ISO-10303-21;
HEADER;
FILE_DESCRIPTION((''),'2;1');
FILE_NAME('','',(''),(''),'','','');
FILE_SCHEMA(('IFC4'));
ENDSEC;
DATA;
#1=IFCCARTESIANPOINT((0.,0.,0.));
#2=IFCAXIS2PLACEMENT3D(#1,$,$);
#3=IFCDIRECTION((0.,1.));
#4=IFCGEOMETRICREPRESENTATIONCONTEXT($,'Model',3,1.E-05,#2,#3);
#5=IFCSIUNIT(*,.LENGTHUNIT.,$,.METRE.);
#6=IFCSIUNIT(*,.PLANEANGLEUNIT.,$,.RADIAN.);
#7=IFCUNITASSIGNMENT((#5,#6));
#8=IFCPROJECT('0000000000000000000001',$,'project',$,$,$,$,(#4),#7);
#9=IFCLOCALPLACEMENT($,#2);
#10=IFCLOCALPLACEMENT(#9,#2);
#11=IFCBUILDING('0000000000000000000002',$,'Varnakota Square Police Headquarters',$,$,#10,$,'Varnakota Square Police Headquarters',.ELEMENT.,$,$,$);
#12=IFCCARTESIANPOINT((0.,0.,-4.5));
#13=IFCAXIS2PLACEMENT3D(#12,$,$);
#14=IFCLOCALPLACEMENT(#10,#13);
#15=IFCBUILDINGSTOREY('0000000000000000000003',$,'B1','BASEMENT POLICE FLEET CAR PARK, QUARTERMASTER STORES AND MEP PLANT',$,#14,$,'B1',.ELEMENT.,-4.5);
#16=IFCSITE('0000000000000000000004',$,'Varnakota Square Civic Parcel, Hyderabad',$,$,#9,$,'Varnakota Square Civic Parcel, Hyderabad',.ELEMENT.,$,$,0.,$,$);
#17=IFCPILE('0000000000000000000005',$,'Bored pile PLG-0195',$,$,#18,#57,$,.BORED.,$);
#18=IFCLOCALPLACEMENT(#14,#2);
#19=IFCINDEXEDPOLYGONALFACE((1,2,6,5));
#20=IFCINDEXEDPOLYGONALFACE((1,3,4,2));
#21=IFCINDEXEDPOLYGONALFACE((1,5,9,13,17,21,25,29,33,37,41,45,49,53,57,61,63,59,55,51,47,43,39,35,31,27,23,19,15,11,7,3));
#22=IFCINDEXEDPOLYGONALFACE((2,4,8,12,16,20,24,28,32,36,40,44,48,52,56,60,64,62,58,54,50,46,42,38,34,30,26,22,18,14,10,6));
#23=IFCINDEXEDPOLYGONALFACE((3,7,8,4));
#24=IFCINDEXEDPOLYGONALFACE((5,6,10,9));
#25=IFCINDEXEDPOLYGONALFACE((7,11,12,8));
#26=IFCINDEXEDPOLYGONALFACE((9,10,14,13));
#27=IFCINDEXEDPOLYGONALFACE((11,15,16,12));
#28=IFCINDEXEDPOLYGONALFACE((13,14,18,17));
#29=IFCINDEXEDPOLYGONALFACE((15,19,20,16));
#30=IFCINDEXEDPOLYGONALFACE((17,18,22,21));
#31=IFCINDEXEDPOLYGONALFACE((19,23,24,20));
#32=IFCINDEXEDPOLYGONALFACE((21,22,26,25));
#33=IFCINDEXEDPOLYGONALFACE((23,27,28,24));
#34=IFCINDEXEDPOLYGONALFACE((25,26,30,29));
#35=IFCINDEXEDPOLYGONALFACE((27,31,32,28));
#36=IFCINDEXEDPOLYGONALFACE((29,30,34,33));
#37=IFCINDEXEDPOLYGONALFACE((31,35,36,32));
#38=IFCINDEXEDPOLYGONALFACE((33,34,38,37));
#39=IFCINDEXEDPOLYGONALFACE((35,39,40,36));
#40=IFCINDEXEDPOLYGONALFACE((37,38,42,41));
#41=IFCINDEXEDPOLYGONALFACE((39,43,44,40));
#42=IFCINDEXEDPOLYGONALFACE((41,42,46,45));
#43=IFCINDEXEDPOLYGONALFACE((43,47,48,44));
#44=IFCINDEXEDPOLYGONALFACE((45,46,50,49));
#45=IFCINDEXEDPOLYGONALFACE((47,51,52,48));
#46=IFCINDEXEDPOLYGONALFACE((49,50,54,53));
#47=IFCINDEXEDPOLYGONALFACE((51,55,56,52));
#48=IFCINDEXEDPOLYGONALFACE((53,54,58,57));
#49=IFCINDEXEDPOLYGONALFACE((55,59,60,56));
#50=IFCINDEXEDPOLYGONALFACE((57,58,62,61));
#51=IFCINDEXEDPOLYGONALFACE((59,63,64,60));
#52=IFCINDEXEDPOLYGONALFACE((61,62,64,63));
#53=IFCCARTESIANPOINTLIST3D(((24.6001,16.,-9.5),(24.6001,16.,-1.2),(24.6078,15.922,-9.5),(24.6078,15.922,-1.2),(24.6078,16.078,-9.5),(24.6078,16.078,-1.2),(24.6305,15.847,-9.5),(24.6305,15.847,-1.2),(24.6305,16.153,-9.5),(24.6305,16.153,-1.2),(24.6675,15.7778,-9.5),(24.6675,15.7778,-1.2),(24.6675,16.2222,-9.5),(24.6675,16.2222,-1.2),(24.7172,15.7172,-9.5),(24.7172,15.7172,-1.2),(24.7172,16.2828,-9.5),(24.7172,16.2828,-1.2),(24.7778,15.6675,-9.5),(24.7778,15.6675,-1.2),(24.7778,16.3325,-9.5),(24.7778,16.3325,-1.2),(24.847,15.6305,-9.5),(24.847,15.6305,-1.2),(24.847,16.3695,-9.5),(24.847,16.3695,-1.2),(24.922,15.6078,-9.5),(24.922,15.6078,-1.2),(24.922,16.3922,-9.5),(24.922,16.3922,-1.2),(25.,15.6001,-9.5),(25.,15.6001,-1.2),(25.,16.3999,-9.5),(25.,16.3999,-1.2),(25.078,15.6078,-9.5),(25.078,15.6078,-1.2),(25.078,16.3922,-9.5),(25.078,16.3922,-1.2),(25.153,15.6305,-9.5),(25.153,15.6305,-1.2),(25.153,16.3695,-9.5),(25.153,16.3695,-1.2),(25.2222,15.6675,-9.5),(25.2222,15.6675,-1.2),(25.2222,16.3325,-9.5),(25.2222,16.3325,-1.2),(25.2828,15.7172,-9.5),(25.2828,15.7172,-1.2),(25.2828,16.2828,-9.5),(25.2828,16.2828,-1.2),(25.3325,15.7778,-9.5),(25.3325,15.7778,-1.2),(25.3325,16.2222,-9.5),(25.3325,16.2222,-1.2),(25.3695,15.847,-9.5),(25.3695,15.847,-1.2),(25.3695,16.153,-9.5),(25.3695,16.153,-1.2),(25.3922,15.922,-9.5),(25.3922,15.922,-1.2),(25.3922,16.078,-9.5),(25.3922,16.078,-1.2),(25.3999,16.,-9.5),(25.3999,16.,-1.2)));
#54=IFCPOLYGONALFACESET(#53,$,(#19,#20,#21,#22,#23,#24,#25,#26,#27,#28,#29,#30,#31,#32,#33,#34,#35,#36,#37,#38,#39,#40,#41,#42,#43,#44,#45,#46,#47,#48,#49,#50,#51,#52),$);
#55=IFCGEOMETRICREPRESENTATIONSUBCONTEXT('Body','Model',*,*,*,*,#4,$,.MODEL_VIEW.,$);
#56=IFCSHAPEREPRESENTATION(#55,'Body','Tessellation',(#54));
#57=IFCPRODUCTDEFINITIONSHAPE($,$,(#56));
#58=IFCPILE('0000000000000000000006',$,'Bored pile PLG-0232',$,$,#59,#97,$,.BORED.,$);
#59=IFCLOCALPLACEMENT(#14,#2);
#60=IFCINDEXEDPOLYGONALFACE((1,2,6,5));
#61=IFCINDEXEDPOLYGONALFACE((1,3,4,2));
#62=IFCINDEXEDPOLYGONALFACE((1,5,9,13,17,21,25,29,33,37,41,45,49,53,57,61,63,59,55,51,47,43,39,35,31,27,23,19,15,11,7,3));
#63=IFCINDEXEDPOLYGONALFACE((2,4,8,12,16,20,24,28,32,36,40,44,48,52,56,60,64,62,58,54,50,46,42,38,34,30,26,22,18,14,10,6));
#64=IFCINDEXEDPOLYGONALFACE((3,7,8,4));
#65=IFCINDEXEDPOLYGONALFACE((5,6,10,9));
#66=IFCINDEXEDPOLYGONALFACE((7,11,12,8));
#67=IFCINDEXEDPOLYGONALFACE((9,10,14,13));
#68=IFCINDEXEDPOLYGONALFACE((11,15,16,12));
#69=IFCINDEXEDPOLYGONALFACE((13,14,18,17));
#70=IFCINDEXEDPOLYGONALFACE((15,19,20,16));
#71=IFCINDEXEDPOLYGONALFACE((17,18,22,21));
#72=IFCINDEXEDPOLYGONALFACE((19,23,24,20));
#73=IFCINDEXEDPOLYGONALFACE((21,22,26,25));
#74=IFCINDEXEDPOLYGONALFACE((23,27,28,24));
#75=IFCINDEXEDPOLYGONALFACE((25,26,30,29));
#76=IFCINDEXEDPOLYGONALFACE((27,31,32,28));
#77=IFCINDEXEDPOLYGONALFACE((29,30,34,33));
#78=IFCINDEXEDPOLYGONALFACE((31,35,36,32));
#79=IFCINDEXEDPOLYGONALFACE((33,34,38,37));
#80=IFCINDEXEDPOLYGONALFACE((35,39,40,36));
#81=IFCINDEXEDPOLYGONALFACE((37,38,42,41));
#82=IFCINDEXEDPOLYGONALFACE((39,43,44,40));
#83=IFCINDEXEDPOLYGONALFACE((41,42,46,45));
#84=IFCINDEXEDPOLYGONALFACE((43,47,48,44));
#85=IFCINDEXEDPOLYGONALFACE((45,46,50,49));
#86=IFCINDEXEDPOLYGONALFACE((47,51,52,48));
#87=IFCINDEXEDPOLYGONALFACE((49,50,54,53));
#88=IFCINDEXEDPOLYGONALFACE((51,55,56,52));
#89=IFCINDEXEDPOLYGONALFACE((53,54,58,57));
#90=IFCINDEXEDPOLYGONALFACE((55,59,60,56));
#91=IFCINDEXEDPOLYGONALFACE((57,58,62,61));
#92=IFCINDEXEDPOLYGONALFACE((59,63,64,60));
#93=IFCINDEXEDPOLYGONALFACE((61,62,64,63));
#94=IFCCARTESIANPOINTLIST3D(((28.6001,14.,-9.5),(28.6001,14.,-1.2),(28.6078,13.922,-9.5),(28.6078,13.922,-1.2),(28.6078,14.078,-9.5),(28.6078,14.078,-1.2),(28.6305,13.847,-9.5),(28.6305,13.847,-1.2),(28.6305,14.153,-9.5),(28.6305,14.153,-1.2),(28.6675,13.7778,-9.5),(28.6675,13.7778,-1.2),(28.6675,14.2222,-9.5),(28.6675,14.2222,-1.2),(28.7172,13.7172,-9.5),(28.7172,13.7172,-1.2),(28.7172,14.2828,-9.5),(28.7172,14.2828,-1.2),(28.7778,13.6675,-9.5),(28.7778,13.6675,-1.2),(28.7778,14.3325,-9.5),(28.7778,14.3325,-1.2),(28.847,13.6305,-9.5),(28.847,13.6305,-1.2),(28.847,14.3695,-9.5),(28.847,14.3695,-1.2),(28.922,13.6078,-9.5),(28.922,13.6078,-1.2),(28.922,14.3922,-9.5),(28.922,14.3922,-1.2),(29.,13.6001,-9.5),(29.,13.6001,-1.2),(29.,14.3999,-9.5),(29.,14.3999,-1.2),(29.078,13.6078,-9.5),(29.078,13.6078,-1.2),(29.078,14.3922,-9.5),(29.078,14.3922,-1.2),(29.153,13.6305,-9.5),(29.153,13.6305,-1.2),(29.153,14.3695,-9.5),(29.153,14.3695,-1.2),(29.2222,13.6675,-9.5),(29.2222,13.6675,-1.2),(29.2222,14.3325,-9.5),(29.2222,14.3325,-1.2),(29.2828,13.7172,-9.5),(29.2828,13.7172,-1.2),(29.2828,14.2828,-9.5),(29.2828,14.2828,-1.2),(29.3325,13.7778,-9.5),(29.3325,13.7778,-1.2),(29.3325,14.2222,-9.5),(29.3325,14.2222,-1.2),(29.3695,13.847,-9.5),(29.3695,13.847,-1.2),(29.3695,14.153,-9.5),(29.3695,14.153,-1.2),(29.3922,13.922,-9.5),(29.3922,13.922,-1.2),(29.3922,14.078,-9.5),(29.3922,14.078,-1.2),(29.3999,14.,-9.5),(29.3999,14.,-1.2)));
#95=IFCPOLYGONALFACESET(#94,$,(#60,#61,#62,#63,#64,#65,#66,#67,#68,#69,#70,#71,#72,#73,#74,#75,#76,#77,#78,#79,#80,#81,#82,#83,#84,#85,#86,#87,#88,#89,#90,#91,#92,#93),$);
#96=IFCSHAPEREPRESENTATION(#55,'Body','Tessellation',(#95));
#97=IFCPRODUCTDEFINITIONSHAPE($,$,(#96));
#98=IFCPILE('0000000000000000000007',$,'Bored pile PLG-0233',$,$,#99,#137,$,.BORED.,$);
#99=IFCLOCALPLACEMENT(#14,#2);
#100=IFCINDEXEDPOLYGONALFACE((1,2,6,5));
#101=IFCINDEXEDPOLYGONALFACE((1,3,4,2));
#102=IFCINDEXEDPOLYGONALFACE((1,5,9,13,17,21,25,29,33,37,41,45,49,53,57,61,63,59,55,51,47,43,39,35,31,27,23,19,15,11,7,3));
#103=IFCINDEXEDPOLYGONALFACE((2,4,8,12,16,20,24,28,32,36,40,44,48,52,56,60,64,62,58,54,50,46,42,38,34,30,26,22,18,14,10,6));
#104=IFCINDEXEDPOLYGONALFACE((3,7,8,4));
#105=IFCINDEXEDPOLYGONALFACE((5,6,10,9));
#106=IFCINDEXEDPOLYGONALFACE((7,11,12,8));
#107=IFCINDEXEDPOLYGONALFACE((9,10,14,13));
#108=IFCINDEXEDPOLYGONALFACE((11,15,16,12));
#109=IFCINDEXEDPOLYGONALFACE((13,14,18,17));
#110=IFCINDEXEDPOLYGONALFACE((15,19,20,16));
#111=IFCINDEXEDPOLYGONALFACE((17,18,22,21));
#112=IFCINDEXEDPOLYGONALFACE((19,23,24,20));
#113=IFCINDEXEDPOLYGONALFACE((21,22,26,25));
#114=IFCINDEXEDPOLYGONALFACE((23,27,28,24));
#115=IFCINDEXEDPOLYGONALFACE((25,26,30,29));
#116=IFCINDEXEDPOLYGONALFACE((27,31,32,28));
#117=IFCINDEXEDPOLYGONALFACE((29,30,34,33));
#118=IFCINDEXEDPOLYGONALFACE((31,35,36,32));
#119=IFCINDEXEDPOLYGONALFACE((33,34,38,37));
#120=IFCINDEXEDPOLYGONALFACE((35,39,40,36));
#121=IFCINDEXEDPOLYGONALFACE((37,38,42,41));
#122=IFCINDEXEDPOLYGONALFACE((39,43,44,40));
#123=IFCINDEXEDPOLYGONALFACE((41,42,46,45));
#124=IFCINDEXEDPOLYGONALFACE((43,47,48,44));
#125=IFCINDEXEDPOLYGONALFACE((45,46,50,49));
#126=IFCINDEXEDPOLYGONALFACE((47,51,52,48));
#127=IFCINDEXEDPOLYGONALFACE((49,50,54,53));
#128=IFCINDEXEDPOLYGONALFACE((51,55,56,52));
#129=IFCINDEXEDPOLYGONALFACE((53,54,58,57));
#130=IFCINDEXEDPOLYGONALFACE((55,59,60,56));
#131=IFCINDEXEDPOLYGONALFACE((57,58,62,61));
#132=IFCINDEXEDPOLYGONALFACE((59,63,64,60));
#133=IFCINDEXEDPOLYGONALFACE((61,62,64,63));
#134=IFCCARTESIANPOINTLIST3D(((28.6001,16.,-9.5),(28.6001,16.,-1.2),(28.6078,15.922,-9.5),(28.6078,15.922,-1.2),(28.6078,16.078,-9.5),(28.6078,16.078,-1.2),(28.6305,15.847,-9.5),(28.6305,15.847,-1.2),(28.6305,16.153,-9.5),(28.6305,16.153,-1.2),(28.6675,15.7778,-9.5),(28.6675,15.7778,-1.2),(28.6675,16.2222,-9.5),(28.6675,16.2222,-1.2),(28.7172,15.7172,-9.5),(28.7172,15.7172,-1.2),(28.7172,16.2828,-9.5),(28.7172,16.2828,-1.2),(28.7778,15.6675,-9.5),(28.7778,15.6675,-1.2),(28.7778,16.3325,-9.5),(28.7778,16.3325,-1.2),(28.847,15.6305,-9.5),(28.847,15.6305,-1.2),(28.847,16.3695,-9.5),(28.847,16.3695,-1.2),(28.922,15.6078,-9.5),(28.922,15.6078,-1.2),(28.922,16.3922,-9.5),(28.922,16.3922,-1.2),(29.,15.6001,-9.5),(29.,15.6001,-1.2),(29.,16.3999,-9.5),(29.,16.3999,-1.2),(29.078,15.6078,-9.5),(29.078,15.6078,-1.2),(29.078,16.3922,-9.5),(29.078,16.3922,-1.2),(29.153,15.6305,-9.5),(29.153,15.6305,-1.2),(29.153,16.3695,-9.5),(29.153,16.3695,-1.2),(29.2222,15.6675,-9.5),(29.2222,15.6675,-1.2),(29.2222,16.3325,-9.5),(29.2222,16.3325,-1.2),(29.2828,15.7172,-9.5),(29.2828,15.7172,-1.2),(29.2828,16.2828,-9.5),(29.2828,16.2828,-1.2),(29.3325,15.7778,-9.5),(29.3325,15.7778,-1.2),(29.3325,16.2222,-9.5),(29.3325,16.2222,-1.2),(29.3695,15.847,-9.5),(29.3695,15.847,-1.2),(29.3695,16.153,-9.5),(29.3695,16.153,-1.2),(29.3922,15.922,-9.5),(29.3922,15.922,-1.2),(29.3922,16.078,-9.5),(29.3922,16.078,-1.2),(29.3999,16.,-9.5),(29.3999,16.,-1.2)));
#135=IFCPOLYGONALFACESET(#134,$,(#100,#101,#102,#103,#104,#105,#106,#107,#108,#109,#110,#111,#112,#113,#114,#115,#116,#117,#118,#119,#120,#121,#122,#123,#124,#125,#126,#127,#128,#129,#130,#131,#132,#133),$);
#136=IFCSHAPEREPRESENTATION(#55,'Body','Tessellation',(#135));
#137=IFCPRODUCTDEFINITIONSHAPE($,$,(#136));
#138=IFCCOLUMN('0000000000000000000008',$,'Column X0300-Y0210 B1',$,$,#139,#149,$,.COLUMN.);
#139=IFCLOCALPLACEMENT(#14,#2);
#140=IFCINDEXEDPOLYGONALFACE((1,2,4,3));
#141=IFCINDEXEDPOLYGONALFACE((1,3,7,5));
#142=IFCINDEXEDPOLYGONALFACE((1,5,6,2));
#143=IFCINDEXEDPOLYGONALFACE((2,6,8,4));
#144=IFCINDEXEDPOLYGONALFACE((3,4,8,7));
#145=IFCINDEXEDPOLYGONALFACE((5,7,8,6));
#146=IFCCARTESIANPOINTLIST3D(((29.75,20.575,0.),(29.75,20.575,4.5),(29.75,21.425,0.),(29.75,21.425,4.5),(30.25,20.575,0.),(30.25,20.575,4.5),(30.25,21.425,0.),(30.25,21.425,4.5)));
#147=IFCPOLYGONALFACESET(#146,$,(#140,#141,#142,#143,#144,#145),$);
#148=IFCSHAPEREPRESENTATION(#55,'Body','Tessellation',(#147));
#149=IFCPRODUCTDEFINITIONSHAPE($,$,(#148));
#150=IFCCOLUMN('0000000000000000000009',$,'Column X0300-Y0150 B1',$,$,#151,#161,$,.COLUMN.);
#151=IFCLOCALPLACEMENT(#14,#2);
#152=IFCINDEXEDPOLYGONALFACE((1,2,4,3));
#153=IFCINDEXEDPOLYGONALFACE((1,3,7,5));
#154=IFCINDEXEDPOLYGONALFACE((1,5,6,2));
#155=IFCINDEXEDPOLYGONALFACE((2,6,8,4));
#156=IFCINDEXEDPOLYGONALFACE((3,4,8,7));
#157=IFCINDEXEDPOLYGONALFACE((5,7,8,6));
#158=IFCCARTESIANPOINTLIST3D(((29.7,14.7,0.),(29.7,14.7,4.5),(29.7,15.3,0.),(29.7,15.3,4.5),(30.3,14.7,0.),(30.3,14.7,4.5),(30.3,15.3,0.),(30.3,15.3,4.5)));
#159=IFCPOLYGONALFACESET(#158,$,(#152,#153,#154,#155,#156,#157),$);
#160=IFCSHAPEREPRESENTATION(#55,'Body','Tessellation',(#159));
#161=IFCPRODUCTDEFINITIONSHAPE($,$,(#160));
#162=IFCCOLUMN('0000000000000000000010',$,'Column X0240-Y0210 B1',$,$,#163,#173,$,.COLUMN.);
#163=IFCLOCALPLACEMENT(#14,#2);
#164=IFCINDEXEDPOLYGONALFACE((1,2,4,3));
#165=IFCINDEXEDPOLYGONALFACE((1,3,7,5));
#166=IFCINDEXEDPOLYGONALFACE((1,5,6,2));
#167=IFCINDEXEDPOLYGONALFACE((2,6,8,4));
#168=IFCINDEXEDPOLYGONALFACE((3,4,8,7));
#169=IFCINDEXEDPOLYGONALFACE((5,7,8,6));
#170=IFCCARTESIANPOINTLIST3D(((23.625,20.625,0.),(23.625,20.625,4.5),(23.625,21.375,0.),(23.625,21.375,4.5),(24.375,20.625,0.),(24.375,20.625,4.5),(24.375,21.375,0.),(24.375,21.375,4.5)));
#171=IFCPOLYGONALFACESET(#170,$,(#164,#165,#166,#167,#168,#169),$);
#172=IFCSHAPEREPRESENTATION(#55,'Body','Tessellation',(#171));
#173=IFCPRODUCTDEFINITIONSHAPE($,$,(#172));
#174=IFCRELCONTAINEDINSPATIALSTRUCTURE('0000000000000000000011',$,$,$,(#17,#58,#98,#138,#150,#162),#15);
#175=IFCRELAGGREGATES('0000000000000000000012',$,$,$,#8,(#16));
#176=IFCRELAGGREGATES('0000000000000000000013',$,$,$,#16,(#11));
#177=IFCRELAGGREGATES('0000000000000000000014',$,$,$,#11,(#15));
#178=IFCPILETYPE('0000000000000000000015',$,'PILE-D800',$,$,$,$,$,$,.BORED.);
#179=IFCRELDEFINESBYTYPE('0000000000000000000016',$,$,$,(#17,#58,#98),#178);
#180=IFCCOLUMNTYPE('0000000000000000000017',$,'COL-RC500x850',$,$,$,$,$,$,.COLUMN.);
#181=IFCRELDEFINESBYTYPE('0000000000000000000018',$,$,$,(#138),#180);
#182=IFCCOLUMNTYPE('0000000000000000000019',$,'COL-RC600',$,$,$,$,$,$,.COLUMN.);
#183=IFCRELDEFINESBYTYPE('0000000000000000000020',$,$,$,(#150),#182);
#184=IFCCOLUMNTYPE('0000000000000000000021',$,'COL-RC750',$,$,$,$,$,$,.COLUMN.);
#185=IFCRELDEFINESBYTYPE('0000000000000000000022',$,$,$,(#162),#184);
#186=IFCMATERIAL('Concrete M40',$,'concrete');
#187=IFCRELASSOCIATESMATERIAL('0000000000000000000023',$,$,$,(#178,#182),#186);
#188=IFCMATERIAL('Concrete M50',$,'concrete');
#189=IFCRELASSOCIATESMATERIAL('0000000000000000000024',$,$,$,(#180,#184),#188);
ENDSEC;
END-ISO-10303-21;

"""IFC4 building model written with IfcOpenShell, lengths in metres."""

from ifc_helpers import new_model, si_unit, direction, frame, origin, origin_2d, place, context, subcontext, project, spatial, rectangle, circle, extrude, material, material_profile, profile_set, type_object, element, save


model = new_model("IFC4")

# Units and contexts
model_context = context("Model", 3, precision=1e-05, world=origin(), true_north=direction((0.0, 1.0)))
body_context = subcontext(model_context, "Body", "Model", "MODEL_VIEW")
ifc_project = project(units=[si_unit("LENGTHUNIT", "METRE"), si_unit("PLANEANGLEUNIT", "RADIAN")], contexts=[model_context])

# Site, building, storey
site_placement = place(None, origin())
site = spatial("IfcSite", under=ifc_project, at=site_placement, Name="Varnakota Square Civic Parcel, Hyderabad", LongName="Varnakota Square Civic Parcel, Hyderabad", CompositionType="ELEMENT", RefElevation=0.0)
building_placement = place(site_placement, origin())
building = spatial("IfcBuilding", under=site, at=building_placement, Name="Varnakota Square Police Headquarters", LongName="Varnakota Square Police Headquarters", CompositionType="ELEMENT")
storey_placement = place(building_placement, frame((0.0, 0.0, -4.5)))
storey = spatial("IfcBuildingStorey", under=building, at=storey_placement, Name="B1", Description="BASEMENT POLICE FLEET CAR PARK, QUARTERMASTER STORES AND MEP PLANT", LongName="B1", CompositionType="ELEMENT", Elevation=-4.5)

# Shared definitions
ifc_material_1 = material(Name="Concrete M40", Category="concrete")
ifc_material_2 = material(Name="Concrete M50", Category="concrete")

# Piles
ifc_material_profile_1 = material_profile(ifc_material_1, circle(Radius=0.3999, at=origin_2d()), Name="BORED PILE 800")
ifc_profile_set_1 = profile_set([ifc_material_profile_1], Name="Concrete M40")
pile_type_1 = type_object("IfcPileType", Name="PILE-D800", PredefinedType="BORED", material=ifc_profile_set_1)
for number, where, z_axis, x_axis, name in (
    (1, (25.0, 16.0, -1.2), (0.0, 0.0, -1.0), (1.0, 0.0, 0.0), "Bored pile PLG-0195"),
    (2, (29.0, 14.0, -1.2), (0.0, 0.0, -1.0), (1.0, 0.0, 0.0), "Bored pile PLG-0232"),
    (3, (29.0, 16.0, -1.2), (0.0, 0.0, -1.0), (1.0, 0.0, 0.0), "Bored pile PLG-0233"),
):
    element("IfcPile", number, at=place(storey_placement, frame(where, z_axis=z_axis, x_axis=x_axis)), inside=storey, type_object=pile_type_1, Name=name, PredefinedType="BORED", context=body_context, shape_type="SweptSolid", body=[
        extrude(circle(Radius=0.3999, at=origin_2d()), origin(), (0.0, 0.0, 1.0), 8.3),
    ])

# Columns
ifc_material_profile_2 = material_profile(ifc_material_2, rectangle(XDim=0.5, YDim=0.8501, at=origin_2d()), Name="RC 500x850")
ifc_profile_set_2 = profile_set([ifc_material_profile_2], Name="Concrete M50")
column_type_1 = type_object("IfcColumnType", Name="COL-RC500x850", PredefinedType="COLUMN", material=ifc_profile_set_2)
column_1_placement = place(storey_placement, frame((30.0, 21.0, 0.0), z_axis=(0.0, 0.0, 1.0), x_axis=(1.0, 0.0, 0.0)))
element("IfcColumn", 4, at=column_1_placement, inside=storey, type_object=column_type_1, Name="Column X0300-Y0210 B1", PredefinedType="COLUMN", context=body_context, shape_type="SweptSolid", body=[
    extrude(rectangle(XDim=0.5, YDim=0.8501, at=origin_2d()), origin(), (0.0, 0.0, 1.0), 4.5),
])
ifc_material_profile_3 = material_profile(ifc_material_1, rectangle(XDim=0.6001, YDim=0.6001, at=origin_2d()), Name="RC 600x600")
ifc_profile_set_3 = profile_set([ifc_material_profile_3], Name="Concrete M40")
column_type_2 = type_object("IfcColumnType", Name="COL-RC600", PredefinedType="COLUMN", material=ifc_profile_set_3)
column_2_placement = place(storey_placement, frame((30.0, 15.0, 0.0), z_axis=(0.0, 0.0, 1.0), x_axis=(1.0, 0.0, 0.0)))
element("IfcColumn", 5, at=column_2_placement, inside=storey, type_object=column_type_2, Name="Column X0300-Y0150 B1", PredefinedType="COLUMN", context=body_context, shape_type="SweptSolid", body=[
    extrude(rectangle(XDim=0.6001, YDim=0.6001, at=origin_2d()), origin(), (0.0, 0.0, 1.0), 4.5),
])
ifc_material_profile_4 = material_profile(ifc_material_2, rectangle(XDim=0.75, YDim=0.75, at=origin_2d()), Name="RC 750x750")
ifc_profile_set_4 = profile_set([ifc_material_profile_4], Name="Concrete M50")
column_type_3 = type_object("IfcColumnType", Name="COL-RC750", PredefinedType="COLUMN", material=ifc_profile_set_4)
column_3_placement = place(storey_placement, frame((24.0, 21.0, 0.0), z_axis=(0.0, 0.0, 1.0), x_axis=(1.0, 0.0, 0.0)))
element("IfcColumn", 6, at=column_3_placement, inside=storey, type_object=column_type_3, Name="Column X0240-Y0210 B1", PredefinedType="COLUMN", context=body_context, shape_type="SweptSolid", body=[
    extrude(rectangle(XDim=0.75, YDim=0.75, at=origin_2d()), origin(), (0.0, 0.0, 1.0), 4.5),
])

save(model, "model.ifc")
